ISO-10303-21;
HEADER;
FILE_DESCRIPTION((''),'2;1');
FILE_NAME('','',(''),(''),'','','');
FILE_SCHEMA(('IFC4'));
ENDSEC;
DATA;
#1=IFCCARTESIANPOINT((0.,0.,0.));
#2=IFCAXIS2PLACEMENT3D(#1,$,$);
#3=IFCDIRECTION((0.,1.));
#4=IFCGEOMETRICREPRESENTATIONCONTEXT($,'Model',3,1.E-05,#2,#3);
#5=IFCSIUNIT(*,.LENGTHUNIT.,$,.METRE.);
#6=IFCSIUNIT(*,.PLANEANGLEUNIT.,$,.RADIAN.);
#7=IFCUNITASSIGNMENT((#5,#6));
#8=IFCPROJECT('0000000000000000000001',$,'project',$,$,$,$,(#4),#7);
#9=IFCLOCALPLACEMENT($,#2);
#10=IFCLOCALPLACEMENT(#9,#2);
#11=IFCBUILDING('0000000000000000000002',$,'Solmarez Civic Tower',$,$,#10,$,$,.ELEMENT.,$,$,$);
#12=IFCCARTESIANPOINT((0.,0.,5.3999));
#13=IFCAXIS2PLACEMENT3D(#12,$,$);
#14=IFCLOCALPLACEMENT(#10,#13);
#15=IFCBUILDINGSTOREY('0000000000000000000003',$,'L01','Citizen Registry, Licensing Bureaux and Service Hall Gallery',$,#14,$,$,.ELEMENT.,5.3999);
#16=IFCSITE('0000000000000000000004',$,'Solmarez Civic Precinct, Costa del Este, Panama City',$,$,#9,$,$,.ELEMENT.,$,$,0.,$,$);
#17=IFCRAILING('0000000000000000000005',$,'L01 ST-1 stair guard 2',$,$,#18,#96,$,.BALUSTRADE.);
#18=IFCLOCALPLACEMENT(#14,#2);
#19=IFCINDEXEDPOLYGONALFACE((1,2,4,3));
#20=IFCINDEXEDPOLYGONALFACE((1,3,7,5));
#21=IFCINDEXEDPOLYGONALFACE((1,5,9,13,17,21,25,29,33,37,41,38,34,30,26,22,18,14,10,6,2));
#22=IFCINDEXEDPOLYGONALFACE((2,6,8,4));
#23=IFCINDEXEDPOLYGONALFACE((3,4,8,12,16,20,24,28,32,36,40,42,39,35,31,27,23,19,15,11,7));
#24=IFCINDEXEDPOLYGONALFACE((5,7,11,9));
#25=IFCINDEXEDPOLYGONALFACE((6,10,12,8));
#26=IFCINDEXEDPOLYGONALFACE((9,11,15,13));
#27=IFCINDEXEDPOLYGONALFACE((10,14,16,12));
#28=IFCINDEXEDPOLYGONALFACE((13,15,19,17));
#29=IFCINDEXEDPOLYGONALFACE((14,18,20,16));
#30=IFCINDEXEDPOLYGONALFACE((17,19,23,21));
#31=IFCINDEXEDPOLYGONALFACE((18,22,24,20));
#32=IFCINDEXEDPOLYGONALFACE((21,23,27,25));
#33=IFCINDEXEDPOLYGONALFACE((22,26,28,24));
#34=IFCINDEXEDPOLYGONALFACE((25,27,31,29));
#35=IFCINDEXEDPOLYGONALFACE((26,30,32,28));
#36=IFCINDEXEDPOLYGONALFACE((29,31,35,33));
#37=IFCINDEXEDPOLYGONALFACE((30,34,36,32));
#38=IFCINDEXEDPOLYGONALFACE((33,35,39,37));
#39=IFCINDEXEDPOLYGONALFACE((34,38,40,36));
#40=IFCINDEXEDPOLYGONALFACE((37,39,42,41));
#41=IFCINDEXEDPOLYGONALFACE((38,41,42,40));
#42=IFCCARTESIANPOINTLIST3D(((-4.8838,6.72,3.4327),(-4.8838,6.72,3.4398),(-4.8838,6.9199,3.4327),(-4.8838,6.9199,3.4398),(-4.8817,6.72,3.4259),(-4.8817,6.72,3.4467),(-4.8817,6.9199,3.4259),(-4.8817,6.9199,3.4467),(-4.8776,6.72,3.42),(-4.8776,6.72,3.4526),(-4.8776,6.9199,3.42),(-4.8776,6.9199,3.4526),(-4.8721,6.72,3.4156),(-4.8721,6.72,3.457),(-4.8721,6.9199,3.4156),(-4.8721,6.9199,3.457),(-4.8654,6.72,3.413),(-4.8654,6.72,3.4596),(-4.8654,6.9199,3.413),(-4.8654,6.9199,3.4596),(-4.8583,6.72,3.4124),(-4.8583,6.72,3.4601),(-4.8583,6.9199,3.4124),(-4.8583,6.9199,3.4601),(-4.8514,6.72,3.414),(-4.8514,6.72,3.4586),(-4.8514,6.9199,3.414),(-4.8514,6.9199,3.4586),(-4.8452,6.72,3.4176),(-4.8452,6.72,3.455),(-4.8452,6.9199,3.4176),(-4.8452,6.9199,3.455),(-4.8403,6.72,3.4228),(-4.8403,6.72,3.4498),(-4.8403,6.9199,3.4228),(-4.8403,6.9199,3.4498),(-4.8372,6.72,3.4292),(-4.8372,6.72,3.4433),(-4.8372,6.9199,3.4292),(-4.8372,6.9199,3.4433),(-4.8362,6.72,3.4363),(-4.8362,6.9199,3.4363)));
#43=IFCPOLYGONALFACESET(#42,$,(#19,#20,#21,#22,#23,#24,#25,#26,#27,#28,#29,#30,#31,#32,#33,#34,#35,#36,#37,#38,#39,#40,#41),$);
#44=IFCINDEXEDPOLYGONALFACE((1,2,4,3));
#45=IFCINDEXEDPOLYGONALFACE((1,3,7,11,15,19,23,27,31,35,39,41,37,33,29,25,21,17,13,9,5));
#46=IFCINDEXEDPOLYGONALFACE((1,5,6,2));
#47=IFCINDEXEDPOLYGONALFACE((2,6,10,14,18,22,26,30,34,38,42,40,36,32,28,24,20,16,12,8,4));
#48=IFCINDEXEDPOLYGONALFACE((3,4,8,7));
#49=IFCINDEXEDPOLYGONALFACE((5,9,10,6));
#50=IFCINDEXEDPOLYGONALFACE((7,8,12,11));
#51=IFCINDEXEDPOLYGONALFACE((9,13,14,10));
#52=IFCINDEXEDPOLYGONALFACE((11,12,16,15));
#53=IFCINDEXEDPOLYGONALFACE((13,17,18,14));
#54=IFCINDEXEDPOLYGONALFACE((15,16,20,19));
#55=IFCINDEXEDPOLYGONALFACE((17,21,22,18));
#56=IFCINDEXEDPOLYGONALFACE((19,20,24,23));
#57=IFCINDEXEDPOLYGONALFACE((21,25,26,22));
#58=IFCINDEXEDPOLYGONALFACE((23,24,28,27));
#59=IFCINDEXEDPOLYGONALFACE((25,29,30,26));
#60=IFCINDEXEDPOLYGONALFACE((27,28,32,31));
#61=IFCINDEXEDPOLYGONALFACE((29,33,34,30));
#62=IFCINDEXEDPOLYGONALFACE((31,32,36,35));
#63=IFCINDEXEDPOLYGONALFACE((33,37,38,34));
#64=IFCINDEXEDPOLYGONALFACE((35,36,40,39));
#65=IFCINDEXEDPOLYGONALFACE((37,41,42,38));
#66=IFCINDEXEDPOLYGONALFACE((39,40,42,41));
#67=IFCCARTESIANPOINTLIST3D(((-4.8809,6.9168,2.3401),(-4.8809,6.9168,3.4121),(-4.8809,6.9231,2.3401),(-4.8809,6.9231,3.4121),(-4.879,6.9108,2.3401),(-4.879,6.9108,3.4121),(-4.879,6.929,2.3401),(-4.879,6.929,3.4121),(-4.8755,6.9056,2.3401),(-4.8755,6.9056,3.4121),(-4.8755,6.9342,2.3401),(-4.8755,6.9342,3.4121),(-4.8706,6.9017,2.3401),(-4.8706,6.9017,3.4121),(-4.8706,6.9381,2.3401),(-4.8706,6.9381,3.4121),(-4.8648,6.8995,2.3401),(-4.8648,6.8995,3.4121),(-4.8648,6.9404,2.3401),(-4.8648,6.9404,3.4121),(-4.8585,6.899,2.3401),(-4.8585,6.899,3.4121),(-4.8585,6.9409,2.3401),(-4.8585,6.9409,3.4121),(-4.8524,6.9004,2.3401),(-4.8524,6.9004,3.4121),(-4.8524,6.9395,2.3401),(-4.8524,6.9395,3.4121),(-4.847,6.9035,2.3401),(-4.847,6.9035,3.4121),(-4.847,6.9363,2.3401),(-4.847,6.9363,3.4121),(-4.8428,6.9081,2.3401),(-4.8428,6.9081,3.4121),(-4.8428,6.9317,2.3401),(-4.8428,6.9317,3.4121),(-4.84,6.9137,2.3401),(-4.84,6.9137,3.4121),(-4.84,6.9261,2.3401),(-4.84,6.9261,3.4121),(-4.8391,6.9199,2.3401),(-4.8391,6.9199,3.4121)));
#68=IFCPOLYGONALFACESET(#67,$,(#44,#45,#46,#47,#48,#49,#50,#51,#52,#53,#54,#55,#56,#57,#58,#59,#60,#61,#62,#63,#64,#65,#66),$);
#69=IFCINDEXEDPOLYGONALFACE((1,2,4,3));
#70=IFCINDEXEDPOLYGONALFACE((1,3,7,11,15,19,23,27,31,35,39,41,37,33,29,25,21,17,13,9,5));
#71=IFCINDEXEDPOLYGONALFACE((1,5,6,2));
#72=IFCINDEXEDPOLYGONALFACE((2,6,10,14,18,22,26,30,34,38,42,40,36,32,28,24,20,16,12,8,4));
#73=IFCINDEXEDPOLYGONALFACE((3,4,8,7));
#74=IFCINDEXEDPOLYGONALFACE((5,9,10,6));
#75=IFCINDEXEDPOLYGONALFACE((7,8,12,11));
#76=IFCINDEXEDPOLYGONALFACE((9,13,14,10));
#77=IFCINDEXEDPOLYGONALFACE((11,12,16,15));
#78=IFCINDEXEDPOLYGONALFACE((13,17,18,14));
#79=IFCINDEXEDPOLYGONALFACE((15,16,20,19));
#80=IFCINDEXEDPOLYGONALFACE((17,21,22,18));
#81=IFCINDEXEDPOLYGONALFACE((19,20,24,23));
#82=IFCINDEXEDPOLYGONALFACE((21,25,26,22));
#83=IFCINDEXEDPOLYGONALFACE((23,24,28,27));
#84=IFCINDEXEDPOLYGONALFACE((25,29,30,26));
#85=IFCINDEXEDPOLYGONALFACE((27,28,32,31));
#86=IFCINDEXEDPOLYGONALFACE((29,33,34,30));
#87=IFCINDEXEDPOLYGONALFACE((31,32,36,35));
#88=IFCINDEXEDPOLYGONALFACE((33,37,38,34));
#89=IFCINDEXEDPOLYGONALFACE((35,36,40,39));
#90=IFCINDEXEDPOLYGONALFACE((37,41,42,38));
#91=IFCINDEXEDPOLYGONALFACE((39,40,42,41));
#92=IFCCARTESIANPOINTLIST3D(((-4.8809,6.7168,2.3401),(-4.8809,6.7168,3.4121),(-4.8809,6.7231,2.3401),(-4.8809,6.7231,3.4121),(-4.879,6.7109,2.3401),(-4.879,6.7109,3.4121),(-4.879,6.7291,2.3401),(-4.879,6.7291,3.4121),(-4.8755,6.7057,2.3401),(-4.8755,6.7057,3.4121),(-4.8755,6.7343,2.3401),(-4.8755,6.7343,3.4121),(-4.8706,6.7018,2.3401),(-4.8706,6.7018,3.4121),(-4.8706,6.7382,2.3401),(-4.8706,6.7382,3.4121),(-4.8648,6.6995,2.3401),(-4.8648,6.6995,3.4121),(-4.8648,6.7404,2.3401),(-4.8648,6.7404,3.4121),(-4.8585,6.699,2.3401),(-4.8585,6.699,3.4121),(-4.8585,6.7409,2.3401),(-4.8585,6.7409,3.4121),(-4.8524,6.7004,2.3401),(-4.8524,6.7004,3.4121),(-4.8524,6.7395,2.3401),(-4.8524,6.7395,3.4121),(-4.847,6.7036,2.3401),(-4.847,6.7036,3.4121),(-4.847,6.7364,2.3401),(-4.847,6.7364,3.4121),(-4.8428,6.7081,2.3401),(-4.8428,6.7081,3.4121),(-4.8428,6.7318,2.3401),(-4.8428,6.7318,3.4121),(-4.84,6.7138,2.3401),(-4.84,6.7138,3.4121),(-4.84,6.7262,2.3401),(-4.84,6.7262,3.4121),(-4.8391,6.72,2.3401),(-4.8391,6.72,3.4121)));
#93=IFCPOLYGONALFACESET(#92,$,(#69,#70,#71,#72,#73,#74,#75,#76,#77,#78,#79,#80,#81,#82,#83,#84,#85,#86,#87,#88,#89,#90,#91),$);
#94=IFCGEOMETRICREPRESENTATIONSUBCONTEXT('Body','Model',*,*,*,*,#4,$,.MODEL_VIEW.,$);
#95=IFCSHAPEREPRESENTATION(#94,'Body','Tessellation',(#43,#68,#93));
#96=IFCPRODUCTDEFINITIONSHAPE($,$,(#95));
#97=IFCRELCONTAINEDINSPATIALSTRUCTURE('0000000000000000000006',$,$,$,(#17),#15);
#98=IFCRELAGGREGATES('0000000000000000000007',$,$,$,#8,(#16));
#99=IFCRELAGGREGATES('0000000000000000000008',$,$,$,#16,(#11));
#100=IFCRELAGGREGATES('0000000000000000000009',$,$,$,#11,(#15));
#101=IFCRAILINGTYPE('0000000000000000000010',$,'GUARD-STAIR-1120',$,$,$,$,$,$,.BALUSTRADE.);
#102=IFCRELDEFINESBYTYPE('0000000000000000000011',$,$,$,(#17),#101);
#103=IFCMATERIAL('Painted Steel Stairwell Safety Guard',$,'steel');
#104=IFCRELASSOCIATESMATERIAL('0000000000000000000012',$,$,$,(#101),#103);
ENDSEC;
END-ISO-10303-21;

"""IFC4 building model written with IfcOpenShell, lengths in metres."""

from ifc_helpers import new_model, si_unit, direction, frame, origin, origin_2d, place, context, subcontext, project, spatial, circle, extrude, material, type_object, element, save


model = new_model("IFC4")

# Units and contexts
model_context = context("Model", 3, precision=1e-05, world=origin(), true_north=direction((0.0, 1.0)))
body_context = subcontext(model_context, "Body", "Model", "MODEL_VIEW")
ifc_project = project(units=[si_unit("LENGTHUNIT", "METRE"), si_unit("PLANEANGLEUNIT", "RADIAN")], contexts=[model_context])

# Site, building, storey
site_placement = place(None, origin())
site = spatial("IfcSite", under=ifc_project, at=site_placement, Name="Solmarez Civic Precinct, Costa del Este, Panama City", CompositionType="ELEMENT", RefElevation=0.0)
building_placement = place(site_placement, origin())
building = spatial("IfcBuilding", under=site, at=building_placement, Name="Solmarez Civic Tower", CompositionType="ELEMENT")
storey_placement = place(building_placement, frame((0.0, 0.0, 5.3999)))
storey = spatial("IfcBuildingStorey", under=building, at=storey_placement, Name="L01", Description="Citizen Registry, Licensing Bureaux and Service Hall Gallery", CompositionType="ELEMENT", Elevation=5.3999)

# Railing
ifc_material_1 = material(Name="Painted Steel Stairwell Safety Guard", Category="steel")
railing_type_1 = type_object("IfcRailingType", Name="GUARD-STAIR-1120", PredefinedType="BALUSTRADE", material=ifc_material_1)
railing_1_placement = place(storey_placement, frame((-4.8601, 6.9199, 2.3401)))
element("IfcRailing", 1, at=railing_1_placement, inside=storey, type_object=railing_type_1, Name="L01 ST-1 stair guard 2", PredefinedType="BALUSTRADE", context=body_context, shape_type="SweptSolid", body=[
    extrude(circle(Radius=0.0239, at=origin_2d()), frame((0.0, 0.0, 1.0962), z_axis=(0.0, -1.0, 0.0), x_axis=(1.0, 0.0, 0.0)), (0.0, 0.0, 1.0), 0.2),
    extrude(circle(Radius=0.021, at=origin_2d()), origin(), (0.0, 0.0, 1.0), 1.072),
    extrude(circle(Radius=0.021, at=origin_2d()), frame((0.0, -0.2, 0.0)), (0.0, 0.0, 1.0), 1.072),
])

save(model, "model.ifc")
